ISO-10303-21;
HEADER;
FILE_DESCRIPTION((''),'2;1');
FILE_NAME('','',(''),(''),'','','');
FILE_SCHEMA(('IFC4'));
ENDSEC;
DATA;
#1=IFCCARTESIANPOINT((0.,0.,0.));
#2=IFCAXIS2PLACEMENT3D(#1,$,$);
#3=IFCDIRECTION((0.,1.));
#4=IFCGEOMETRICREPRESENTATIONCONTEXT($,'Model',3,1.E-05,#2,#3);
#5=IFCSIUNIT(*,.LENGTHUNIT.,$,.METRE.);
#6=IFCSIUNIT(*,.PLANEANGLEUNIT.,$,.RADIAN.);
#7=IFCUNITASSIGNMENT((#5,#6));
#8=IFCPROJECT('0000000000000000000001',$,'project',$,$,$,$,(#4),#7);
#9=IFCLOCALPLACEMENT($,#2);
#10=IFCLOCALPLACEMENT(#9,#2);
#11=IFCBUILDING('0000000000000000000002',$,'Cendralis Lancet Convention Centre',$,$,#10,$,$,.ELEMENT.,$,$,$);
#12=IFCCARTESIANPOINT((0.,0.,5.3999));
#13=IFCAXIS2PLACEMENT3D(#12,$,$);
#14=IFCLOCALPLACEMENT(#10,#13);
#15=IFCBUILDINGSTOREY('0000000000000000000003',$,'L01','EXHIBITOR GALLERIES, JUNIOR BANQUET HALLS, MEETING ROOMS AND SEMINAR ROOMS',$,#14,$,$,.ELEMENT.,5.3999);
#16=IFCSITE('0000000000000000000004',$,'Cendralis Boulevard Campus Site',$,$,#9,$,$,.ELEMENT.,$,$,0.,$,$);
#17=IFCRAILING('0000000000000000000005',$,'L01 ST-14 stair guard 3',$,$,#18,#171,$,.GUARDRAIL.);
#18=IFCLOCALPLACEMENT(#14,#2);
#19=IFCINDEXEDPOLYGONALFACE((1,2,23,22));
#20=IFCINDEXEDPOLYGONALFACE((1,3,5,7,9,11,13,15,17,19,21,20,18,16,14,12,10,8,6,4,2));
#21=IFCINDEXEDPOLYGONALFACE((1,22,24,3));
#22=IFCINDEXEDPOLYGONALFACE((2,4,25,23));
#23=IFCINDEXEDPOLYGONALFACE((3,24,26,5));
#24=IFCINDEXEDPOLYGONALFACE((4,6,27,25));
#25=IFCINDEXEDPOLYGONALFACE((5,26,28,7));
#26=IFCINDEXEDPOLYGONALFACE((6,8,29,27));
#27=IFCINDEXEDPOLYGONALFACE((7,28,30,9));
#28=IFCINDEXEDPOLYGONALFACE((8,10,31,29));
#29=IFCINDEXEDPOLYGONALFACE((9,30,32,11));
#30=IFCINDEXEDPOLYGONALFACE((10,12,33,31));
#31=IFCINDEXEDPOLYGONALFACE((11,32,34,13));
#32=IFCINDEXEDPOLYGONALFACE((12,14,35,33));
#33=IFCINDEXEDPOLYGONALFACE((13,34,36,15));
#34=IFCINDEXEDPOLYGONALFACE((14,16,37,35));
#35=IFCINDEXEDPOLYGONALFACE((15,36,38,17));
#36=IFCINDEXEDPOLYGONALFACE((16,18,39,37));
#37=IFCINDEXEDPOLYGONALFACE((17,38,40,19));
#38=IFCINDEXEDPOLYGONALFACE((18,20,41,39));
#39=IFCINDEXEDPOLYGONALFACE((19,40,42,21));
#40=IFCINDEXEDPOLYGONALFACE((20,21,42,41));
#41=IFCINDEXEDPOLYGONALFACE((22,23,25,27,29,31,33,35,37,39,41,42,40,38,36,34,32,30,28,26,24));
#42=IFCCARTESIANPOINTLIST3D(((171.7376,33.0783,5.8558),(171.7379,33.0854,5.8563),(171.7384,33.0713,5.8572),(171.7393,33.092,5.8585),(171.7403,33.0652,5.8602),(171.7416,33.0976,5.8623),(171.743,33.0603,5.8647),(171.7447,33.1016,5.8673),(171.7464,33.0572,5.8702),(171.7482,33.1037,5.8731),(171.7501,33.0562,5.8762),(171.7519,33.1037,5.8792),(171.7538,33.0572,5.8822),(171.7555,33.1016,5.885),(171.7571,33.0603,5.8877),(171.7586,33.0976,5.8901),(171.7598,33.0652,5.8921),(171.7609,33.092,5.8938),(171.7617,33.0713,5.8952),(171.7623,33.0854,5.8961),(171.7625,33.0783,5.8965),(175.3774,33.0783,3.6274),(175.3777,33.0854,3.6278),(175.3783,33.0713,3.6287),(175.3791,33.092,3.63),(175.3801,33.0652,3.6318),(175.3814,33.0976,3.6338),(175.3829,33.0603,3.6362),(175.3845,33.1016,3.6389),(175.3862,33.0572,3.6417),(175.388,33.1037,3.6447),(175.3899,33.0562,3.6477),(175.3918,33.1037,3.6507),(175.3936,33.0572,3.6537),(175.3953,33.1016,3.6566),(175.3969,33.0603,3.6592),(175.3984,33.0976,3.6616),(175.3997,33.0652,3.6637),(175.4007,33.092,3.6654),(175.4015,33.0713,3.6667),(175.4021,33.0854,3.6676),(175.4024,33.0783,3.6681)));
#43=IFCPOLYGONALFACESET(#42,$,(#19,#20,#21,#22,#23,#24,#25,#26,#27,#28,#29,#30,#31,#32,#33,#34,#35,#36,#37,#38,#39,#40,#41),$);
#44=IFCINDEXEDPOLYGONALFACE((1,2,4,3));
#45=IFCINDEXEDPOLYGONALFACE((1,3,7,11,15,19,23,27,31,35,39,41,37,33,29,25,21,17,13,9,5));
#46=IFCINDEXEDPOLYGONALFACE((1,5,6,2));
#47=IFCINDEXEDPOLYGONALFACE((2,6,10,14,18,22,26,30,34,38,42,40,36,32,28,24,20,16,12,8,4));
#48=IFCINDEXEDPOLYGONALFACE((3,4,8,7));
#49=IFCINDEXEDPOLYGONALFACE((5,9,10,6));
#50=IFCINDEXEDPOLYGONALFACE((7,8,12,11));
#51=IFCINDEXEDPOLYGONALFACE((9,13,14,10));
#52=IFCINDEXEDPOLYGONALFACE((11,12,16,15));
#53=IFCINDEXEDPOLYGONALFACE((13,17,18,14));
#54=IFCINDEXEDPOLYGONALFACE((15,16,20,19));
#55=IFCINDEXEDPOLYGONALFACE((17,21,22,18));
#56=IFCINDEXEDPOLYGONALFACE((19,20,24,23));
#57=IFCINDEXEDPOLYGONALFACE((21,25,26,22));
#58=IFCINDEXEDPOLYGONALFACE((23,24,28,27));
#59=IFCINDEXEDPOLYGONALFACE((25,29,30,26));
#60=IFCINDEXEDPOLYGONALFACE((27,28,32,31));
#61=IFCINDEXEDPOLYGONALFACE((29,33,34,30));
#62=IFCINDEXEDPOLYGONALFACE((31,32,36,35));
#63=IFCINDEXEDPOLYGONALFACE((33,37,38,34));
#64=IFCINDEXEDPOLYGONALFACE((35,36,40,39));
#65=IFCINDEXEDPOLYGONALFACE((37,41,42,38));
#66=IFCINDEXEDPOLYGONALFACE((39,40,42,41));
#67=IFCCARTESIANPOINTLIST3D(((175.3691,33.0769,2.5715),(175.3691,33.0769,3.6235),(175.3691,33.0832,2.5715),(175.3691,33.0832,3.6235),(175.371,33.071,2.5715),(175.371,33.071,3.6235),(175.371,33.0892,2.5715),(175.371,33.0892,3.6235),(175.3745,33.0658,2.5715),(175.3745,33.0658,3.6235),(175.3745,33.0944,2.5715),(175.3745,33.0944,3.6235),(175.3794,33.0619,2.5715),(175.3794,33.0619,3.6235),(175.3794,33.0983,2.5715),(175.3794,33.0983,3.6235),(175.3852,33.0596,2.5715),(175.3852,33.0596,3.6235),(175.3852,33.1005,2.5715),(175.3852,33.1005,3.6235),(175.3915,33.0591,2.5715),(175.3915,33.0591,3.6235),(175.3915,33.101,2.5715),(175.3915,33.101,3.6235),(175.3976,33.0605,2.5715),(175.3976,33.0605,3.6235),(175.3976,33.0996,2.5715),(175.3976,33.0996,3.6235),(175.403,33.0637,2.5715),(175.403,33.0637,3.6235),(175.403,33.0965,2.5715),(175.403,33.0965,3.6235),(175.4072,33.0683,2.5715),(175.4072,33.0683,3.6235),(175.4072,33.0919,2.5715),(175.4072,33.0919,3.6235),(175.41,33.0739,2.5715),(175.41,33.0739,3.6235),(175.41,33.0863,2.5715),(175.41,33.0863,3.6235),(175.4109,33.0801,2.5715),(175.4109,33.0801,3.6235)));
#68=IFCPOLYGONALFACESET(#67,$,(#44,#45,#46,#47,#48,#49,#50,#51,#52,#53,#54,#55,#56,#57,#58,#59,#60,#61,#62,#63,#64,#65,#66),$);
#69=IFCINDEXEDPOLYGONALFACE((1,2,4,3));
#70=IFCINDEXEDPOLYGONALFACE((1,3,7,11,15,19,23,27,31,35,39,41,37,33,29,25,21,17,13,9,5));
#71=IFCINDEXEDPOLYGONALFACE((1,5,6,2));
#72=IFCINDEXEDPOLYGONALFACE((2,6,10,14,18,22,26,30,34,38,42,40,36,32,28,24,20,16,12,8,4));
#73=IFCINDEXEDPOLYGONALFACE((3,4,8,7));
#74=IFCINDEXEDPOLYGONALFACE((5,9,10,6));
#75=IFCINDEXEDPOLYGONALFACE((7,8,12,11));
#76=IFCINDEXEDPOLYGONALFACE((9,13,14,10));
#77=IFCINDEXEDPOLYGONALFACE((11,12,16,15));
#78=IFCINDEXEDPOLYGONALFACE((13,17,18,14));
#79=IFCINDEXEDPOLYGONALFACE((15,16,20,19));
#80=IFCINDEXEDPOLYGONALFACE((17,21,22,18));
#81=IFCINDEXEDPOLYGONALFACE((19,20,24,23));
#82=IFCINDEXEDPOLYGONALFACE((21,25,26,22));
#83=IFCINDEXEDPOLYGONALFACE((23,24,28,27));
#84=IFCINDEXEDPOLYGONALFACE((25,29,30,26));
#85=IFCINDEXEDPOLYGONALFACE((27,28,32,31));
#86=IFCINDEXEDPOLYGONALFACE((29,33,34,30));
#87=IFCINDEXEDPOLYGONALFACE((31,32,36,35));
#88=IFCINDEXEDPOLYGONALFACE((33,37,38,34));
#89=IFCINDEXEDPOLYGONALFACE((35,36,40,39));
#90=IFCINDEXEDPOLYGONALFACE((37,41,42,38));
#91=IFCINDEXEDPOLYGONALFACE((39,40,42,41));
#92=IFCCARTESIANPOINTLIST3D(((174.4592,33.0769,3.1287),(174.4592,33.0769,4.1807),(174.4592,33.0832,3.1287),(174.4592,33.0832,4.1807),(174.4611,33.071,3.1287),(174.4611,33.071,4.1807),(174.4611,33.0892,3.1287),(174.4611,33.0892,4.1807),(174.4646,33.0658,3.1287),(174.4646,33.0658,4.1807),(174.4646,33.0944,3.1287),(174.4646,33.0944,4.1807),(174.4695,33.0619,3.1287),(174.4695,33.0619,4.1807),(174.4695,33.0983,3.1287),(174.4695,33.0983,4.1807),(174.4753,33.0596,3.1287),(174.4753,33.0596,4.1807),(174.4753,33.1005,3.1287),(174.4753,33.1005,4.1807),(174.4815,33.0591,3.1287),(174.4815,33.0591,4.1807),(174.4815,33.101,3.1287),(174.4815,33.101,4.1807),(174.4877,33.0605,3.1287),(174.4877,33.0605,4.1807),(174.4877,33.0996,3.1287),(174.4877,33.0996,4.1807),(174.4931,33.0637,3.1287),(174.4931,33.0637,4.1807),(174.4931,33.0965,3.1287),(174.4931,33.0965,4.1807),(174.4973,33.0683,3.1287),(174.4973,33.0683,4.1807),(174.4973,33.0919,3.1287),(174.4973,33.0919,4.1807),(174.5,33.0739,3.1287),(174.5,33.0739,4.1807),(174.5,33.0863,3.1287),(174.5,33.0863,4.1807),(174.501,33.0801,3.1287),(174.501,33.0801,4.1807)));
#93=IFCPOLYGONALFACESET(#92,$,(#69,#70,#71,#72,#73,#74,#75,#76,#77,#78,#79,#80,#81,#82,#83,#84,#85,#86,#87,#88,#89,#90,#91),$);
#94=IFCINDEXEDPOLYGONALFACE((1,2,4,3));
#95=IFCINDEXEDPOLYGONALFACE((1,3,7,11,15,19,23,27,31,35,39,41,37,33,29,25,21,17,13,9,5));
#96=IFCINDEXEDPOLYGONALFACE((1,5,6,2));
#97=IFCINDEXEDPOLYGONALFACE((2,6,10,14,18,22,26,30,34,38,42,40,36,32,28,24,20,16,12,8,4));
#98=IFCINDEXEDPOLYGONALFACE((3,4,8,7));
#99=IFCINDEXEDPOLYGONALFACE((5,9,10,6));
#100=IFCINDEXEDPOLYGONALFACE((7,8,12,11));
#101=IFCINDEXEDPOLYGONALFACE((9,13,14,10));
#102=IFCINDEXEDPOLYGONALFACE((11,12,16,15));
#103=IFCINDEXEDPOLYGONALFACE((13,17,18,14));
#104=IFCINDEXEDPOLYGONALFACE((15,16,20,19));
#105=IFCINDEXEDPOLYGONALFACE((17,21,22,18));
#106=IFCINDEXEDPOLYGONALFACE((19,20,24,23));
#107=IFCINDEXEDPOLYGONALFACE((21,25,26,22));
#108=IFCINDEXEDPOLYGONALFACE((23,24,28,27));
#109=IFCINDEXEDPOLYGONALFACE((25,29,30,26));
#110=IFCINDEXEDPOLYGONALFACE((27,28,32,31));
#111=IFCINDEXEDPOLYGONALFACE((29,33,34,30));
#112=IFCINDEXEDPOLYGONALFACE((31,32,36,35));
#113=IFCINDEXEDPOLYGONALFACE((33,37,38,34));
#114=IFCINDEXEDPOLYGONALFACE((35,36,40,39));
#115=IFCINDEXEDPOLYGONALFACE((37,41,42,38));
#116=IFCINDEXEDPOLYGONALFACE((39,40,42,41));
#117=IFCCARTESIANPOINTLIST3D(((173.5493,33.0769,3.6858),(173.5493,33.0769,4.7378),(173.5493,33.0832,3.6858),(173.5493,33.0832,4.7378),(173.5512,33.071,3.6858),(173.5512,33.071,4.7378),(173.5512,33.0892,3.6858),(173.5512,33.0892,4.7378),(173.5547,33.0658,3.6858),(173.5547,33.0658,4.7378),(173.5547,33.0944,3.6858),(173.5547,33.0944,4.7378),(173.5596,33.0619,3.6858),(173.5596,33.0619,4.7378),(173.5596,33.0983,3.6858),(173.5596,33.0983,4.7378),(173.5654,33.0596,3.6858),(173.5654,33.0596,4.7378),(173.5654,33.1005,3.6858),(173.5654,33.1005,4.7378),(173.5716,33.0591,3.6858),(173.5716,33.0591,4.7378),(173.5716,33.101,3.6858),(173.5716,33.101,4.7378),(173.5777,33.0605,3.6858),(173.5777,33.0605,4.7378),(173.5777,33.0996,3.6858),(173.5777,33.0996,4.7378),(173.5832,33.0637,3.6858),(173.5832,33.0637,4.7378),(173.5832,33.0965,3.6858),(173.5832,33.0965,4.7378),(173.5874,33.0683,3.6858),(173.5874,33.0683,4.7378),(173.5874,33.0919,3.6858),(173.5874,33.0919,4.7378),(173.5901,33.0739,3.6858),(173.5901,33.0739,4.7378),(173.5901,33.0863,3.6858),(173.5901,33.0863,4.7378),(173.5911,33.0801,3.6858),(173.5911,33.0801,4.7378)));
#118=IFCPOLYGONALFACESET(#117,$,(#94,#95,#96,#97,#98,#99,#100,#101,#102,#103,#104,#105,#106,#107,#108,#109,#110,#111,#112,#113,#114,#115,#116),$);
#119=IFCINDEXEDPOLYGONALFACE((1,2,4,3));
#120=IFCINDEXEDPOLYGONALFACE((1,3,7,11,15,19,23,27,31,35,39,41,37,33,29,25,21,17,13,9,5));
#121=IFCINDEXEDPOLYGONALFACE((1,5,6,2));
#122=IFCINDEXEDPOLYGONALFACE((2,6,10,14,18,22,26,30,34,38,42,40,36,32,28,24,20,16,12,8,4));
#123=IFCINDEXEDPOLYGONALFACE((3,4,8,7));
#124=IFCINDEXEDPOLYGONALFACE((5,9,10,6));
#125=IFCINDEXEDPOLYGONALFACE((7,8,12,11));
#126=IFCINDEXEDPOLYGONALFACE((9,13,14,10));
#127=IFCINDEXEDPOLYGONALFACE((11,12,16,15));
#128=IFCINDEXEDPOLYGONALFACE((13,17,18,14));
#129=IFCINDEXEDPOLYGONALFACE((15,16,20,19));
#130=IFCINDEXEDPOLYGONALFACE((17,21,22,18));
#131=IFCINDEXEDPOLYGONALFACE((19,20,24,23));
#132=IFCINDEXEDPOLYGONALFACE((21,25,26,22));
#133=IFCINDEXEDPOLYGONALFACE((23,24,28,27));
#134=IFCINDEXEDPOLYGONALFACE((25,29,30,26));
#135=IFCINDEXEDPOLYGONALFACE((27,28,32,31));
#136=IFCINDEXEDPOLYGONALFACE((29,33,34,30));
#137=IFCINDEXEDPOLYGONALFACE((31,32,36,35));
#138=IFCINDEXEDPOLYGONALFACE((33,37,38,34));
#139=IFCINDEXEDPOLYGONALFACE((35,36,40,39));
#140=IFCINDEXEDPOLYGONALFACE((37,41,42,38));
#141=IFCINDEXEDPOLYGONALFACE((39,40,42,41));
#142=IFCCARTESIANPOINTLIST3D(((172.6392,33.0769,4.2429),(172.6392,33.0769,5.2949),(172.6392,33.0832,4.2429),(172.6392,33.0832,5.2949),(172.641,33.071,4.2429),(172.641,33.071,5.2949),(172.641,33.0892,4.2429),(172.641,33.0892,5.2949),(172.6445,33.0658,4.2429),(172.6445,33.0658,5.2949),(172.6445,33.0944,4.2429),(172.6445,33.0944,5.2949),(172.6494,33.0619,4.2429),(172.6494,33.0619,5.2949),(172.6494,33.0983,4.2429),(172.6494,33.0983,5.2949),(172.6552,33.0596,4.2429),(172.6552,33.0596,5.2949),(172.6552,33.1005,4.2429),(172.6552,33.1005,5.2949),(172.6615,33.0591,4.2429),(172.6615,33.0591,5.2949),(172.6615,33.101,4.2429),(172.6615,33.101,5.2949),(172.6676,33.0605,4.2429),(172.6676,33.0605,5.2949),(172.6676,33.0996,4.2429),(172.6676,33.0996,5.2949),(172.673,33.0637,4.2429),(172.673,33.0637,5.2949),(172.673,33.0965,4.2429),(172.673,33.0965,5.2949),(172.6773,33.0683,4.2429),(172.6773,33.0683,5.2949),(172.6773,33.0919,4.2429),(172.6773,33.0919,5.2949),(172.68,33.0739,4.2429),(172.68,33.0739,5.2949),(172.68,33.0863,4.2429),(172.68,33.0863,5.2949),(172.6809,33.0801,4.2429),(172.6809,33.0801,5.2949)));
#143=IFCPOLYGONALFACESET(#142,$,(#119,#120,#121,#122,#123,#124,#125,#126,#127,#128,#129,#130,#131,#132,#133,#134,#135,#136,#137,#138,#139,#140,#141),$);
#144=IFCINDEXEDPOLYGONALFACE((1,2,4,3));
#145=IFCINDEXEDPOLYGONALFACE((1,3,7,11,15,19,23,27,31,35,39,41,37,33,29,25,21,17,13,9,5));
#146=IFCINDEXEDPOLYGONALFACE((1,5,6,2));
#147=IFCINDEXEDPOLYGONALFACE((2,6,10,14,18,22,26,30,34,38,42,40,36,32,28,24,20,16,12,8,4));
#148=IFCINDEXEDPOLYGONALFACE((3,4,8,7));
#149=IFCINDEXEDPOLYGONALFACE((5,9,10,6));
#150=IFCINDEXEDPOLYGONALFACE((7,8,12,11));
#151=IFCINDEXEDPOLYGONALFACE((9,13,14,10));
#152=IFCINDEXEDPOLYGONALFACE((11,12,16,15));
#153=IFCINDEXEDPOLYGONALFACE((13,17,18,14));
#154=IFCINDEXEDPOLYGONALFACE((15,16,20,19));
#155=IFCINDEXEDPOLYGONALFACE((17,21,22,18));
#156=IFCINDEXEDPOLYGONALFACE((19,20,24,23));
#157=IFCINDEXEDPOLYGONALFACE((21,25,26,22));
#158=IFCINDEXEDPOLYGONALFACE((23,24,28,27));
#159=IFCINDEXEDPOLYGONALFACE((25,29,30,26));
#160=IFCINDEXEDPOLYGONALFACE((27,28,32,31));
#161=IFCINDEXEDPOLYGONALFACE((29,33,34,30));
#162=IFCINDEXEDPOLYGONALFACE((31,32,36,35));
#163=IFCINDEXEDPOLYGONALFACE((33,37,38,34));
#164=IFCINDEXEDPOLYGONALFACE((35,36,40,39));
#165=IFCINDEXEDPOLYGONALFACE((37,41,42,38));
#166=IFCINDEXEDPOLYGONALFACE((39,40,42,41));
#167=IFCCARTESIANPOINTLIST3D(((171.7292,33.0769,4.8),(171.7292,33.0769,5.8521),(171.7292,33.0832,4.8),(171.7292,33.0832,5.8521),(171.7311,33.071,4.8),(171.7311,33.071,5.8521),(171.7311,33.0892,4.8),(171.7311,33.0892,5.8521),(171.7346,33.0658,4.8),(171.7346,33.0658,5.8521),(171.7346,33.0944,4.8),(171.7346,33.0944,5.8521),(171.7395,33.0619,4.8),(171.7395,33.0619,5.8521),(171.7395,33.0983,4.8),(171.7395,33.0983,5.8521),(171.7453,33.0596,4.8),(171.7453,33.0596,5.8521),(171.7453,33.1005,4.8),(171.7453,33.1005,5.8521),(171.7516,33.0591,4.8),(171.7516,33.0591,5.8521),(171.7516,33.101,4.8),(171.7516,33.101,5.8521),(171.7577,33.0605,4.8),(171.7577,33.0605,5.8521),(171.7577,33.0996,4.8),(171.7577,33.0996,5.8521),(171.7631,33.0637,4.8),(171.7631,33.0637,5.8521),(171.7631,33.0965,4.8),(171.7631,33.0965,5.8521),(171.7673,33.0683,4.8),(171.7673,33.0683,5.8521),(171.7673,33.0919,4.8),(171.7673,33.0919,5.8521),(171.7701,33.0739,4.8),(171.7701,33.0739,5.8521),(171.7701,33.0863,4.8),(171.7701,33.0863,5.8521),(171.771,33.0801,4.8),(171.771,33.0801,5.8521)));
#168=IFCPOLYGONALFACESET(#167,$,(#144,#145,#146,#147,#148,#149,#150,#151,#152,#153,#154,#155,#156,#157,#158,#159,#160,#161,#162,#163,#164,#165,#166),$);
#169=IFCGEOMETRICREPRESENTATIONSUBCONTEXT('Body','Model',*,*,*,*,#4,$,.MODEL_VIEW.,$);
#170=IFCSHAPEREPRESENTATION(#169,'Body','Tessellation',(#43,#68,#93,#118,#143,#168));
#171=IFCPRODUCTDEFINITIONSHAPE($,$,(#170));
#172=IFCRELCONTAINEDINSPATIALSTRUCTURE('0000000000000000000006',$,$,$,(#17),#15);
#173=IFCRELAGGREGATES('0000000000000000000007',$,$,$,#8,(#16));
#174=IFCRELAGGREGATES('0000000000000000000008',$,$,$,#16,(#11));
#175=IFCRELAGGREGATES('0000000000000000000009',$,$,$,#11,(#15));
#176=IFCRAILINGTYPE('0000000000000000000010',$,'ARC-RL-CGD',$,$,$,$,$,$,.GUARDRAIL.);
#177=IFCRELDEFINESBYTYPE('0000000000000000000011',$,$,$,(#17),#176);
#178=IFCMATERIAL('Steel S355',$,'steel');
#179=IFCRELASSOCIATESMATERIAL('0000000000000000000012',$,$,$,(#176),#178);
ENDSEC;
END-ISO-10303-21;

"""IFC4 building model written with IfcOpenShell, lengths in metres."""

from ifc_helpers import new_model, si_unit, direction, frame, origin, origin_2d, place, context, subcontext, project, spatial, circle, extrude, material, type_object, element, save


model = new_model("IFC4")

# Units and contexts
model_context = context("Model", 3, precision=1e-05, world=origin(), true_north=direction((0.0, 1.0)))
body_context = subcontext(model_context, "Body", "Model", "MODEL_VIEW")
ifc_project = project(units=[si_unit("LENGTHUNIT", "METRE"), si_unit("PLANEANGLEUNIT", "RADIAN")], contexts=[model_context])

# Site, building, storey
site_placement = place(None, origin())
site = spatial("IfcSite", under=ifc_project, at=site_placement, Name="Cendralis Boulevard Campus Site", CompositionType="ELEMENT", RefElevation=0.0)
building_placement = place(site_placement, origin())
building = spatial("IfcBuilding", under=site, at=building_placement, Name="Cendralis Lancet Convention Centre", CompositionType="ELEMENT")
storey_placement = place(building_placement, frame((0.0, 0.0, 5.3999)))
storey = spatial("IfcBuildingStorey", under=building, at=storey_placement, Name="L01", Description="EXHIBITOR GALLERIES, JUNIOR BANQUET HALLS, MEETING ROOMS AND SEMINAR ROOMS", CompositionType="ELEMENT", Elevation=5.3999)

# Shared definitions
ifc_material_1 = material(Name="Steel S355", Category="steel")

# Railing
railing_type_1 = type_object("IfcRailingType", Name="ARC-RL-CGD", PredefinedType="GUARDRAIL", material=ifc_material_1)
railing_1_placement = place(storey_placement, frame((175.3899, 33.0801, 2.5715)))
element("IfcRailing", 1, at=railing_1_placement, inside=storey, type_object=railing_type_1, Name="L01 ST-14 stair guard 3", PredefinedType="GUARDRAIL", context=body_context, shape_type="SweptSolid", body=[
    extrude(circle(Radius=0.0239, at=origin_2d()), frame((0.0, 0.0, 1.0762), z_axis=(-0.85285, 0.0, 0.522156), x_axis=(0.0, -1.0, 0.0)), (0.0, 0.0, 1.0), 4.2678),
    extrude(circle(Radius=0.021, at=origin_2d()), origin(), (0.0, 0.0, 1.0), 1.052),
    extrude(circle(Radius=0.021, at=origin_2d()), frame((-0.9099, 0.0, 0.5571)), (0.0, 0.0, 1.0), 1.052),
    extrude(circle(Radius=0.021, at=origin_2d()), frame((-1.8198, 0.0, 1.1143)), (0.0, 0.0, 1.0), 1.052),
    extrude(circle(Radius=0.021, at=origin_2d()), frame((-2.73, 0.0, 1.6714)), (0.0, 0.0, 1.0), 1.052),
    extrude(circle(Radius=0.021, at=origin_2d()), frame((-3.6399, 0.0, 2.2285)), (0.0, 0.0, 1.0), 1.052),
])

save(model, "model.ifc")
